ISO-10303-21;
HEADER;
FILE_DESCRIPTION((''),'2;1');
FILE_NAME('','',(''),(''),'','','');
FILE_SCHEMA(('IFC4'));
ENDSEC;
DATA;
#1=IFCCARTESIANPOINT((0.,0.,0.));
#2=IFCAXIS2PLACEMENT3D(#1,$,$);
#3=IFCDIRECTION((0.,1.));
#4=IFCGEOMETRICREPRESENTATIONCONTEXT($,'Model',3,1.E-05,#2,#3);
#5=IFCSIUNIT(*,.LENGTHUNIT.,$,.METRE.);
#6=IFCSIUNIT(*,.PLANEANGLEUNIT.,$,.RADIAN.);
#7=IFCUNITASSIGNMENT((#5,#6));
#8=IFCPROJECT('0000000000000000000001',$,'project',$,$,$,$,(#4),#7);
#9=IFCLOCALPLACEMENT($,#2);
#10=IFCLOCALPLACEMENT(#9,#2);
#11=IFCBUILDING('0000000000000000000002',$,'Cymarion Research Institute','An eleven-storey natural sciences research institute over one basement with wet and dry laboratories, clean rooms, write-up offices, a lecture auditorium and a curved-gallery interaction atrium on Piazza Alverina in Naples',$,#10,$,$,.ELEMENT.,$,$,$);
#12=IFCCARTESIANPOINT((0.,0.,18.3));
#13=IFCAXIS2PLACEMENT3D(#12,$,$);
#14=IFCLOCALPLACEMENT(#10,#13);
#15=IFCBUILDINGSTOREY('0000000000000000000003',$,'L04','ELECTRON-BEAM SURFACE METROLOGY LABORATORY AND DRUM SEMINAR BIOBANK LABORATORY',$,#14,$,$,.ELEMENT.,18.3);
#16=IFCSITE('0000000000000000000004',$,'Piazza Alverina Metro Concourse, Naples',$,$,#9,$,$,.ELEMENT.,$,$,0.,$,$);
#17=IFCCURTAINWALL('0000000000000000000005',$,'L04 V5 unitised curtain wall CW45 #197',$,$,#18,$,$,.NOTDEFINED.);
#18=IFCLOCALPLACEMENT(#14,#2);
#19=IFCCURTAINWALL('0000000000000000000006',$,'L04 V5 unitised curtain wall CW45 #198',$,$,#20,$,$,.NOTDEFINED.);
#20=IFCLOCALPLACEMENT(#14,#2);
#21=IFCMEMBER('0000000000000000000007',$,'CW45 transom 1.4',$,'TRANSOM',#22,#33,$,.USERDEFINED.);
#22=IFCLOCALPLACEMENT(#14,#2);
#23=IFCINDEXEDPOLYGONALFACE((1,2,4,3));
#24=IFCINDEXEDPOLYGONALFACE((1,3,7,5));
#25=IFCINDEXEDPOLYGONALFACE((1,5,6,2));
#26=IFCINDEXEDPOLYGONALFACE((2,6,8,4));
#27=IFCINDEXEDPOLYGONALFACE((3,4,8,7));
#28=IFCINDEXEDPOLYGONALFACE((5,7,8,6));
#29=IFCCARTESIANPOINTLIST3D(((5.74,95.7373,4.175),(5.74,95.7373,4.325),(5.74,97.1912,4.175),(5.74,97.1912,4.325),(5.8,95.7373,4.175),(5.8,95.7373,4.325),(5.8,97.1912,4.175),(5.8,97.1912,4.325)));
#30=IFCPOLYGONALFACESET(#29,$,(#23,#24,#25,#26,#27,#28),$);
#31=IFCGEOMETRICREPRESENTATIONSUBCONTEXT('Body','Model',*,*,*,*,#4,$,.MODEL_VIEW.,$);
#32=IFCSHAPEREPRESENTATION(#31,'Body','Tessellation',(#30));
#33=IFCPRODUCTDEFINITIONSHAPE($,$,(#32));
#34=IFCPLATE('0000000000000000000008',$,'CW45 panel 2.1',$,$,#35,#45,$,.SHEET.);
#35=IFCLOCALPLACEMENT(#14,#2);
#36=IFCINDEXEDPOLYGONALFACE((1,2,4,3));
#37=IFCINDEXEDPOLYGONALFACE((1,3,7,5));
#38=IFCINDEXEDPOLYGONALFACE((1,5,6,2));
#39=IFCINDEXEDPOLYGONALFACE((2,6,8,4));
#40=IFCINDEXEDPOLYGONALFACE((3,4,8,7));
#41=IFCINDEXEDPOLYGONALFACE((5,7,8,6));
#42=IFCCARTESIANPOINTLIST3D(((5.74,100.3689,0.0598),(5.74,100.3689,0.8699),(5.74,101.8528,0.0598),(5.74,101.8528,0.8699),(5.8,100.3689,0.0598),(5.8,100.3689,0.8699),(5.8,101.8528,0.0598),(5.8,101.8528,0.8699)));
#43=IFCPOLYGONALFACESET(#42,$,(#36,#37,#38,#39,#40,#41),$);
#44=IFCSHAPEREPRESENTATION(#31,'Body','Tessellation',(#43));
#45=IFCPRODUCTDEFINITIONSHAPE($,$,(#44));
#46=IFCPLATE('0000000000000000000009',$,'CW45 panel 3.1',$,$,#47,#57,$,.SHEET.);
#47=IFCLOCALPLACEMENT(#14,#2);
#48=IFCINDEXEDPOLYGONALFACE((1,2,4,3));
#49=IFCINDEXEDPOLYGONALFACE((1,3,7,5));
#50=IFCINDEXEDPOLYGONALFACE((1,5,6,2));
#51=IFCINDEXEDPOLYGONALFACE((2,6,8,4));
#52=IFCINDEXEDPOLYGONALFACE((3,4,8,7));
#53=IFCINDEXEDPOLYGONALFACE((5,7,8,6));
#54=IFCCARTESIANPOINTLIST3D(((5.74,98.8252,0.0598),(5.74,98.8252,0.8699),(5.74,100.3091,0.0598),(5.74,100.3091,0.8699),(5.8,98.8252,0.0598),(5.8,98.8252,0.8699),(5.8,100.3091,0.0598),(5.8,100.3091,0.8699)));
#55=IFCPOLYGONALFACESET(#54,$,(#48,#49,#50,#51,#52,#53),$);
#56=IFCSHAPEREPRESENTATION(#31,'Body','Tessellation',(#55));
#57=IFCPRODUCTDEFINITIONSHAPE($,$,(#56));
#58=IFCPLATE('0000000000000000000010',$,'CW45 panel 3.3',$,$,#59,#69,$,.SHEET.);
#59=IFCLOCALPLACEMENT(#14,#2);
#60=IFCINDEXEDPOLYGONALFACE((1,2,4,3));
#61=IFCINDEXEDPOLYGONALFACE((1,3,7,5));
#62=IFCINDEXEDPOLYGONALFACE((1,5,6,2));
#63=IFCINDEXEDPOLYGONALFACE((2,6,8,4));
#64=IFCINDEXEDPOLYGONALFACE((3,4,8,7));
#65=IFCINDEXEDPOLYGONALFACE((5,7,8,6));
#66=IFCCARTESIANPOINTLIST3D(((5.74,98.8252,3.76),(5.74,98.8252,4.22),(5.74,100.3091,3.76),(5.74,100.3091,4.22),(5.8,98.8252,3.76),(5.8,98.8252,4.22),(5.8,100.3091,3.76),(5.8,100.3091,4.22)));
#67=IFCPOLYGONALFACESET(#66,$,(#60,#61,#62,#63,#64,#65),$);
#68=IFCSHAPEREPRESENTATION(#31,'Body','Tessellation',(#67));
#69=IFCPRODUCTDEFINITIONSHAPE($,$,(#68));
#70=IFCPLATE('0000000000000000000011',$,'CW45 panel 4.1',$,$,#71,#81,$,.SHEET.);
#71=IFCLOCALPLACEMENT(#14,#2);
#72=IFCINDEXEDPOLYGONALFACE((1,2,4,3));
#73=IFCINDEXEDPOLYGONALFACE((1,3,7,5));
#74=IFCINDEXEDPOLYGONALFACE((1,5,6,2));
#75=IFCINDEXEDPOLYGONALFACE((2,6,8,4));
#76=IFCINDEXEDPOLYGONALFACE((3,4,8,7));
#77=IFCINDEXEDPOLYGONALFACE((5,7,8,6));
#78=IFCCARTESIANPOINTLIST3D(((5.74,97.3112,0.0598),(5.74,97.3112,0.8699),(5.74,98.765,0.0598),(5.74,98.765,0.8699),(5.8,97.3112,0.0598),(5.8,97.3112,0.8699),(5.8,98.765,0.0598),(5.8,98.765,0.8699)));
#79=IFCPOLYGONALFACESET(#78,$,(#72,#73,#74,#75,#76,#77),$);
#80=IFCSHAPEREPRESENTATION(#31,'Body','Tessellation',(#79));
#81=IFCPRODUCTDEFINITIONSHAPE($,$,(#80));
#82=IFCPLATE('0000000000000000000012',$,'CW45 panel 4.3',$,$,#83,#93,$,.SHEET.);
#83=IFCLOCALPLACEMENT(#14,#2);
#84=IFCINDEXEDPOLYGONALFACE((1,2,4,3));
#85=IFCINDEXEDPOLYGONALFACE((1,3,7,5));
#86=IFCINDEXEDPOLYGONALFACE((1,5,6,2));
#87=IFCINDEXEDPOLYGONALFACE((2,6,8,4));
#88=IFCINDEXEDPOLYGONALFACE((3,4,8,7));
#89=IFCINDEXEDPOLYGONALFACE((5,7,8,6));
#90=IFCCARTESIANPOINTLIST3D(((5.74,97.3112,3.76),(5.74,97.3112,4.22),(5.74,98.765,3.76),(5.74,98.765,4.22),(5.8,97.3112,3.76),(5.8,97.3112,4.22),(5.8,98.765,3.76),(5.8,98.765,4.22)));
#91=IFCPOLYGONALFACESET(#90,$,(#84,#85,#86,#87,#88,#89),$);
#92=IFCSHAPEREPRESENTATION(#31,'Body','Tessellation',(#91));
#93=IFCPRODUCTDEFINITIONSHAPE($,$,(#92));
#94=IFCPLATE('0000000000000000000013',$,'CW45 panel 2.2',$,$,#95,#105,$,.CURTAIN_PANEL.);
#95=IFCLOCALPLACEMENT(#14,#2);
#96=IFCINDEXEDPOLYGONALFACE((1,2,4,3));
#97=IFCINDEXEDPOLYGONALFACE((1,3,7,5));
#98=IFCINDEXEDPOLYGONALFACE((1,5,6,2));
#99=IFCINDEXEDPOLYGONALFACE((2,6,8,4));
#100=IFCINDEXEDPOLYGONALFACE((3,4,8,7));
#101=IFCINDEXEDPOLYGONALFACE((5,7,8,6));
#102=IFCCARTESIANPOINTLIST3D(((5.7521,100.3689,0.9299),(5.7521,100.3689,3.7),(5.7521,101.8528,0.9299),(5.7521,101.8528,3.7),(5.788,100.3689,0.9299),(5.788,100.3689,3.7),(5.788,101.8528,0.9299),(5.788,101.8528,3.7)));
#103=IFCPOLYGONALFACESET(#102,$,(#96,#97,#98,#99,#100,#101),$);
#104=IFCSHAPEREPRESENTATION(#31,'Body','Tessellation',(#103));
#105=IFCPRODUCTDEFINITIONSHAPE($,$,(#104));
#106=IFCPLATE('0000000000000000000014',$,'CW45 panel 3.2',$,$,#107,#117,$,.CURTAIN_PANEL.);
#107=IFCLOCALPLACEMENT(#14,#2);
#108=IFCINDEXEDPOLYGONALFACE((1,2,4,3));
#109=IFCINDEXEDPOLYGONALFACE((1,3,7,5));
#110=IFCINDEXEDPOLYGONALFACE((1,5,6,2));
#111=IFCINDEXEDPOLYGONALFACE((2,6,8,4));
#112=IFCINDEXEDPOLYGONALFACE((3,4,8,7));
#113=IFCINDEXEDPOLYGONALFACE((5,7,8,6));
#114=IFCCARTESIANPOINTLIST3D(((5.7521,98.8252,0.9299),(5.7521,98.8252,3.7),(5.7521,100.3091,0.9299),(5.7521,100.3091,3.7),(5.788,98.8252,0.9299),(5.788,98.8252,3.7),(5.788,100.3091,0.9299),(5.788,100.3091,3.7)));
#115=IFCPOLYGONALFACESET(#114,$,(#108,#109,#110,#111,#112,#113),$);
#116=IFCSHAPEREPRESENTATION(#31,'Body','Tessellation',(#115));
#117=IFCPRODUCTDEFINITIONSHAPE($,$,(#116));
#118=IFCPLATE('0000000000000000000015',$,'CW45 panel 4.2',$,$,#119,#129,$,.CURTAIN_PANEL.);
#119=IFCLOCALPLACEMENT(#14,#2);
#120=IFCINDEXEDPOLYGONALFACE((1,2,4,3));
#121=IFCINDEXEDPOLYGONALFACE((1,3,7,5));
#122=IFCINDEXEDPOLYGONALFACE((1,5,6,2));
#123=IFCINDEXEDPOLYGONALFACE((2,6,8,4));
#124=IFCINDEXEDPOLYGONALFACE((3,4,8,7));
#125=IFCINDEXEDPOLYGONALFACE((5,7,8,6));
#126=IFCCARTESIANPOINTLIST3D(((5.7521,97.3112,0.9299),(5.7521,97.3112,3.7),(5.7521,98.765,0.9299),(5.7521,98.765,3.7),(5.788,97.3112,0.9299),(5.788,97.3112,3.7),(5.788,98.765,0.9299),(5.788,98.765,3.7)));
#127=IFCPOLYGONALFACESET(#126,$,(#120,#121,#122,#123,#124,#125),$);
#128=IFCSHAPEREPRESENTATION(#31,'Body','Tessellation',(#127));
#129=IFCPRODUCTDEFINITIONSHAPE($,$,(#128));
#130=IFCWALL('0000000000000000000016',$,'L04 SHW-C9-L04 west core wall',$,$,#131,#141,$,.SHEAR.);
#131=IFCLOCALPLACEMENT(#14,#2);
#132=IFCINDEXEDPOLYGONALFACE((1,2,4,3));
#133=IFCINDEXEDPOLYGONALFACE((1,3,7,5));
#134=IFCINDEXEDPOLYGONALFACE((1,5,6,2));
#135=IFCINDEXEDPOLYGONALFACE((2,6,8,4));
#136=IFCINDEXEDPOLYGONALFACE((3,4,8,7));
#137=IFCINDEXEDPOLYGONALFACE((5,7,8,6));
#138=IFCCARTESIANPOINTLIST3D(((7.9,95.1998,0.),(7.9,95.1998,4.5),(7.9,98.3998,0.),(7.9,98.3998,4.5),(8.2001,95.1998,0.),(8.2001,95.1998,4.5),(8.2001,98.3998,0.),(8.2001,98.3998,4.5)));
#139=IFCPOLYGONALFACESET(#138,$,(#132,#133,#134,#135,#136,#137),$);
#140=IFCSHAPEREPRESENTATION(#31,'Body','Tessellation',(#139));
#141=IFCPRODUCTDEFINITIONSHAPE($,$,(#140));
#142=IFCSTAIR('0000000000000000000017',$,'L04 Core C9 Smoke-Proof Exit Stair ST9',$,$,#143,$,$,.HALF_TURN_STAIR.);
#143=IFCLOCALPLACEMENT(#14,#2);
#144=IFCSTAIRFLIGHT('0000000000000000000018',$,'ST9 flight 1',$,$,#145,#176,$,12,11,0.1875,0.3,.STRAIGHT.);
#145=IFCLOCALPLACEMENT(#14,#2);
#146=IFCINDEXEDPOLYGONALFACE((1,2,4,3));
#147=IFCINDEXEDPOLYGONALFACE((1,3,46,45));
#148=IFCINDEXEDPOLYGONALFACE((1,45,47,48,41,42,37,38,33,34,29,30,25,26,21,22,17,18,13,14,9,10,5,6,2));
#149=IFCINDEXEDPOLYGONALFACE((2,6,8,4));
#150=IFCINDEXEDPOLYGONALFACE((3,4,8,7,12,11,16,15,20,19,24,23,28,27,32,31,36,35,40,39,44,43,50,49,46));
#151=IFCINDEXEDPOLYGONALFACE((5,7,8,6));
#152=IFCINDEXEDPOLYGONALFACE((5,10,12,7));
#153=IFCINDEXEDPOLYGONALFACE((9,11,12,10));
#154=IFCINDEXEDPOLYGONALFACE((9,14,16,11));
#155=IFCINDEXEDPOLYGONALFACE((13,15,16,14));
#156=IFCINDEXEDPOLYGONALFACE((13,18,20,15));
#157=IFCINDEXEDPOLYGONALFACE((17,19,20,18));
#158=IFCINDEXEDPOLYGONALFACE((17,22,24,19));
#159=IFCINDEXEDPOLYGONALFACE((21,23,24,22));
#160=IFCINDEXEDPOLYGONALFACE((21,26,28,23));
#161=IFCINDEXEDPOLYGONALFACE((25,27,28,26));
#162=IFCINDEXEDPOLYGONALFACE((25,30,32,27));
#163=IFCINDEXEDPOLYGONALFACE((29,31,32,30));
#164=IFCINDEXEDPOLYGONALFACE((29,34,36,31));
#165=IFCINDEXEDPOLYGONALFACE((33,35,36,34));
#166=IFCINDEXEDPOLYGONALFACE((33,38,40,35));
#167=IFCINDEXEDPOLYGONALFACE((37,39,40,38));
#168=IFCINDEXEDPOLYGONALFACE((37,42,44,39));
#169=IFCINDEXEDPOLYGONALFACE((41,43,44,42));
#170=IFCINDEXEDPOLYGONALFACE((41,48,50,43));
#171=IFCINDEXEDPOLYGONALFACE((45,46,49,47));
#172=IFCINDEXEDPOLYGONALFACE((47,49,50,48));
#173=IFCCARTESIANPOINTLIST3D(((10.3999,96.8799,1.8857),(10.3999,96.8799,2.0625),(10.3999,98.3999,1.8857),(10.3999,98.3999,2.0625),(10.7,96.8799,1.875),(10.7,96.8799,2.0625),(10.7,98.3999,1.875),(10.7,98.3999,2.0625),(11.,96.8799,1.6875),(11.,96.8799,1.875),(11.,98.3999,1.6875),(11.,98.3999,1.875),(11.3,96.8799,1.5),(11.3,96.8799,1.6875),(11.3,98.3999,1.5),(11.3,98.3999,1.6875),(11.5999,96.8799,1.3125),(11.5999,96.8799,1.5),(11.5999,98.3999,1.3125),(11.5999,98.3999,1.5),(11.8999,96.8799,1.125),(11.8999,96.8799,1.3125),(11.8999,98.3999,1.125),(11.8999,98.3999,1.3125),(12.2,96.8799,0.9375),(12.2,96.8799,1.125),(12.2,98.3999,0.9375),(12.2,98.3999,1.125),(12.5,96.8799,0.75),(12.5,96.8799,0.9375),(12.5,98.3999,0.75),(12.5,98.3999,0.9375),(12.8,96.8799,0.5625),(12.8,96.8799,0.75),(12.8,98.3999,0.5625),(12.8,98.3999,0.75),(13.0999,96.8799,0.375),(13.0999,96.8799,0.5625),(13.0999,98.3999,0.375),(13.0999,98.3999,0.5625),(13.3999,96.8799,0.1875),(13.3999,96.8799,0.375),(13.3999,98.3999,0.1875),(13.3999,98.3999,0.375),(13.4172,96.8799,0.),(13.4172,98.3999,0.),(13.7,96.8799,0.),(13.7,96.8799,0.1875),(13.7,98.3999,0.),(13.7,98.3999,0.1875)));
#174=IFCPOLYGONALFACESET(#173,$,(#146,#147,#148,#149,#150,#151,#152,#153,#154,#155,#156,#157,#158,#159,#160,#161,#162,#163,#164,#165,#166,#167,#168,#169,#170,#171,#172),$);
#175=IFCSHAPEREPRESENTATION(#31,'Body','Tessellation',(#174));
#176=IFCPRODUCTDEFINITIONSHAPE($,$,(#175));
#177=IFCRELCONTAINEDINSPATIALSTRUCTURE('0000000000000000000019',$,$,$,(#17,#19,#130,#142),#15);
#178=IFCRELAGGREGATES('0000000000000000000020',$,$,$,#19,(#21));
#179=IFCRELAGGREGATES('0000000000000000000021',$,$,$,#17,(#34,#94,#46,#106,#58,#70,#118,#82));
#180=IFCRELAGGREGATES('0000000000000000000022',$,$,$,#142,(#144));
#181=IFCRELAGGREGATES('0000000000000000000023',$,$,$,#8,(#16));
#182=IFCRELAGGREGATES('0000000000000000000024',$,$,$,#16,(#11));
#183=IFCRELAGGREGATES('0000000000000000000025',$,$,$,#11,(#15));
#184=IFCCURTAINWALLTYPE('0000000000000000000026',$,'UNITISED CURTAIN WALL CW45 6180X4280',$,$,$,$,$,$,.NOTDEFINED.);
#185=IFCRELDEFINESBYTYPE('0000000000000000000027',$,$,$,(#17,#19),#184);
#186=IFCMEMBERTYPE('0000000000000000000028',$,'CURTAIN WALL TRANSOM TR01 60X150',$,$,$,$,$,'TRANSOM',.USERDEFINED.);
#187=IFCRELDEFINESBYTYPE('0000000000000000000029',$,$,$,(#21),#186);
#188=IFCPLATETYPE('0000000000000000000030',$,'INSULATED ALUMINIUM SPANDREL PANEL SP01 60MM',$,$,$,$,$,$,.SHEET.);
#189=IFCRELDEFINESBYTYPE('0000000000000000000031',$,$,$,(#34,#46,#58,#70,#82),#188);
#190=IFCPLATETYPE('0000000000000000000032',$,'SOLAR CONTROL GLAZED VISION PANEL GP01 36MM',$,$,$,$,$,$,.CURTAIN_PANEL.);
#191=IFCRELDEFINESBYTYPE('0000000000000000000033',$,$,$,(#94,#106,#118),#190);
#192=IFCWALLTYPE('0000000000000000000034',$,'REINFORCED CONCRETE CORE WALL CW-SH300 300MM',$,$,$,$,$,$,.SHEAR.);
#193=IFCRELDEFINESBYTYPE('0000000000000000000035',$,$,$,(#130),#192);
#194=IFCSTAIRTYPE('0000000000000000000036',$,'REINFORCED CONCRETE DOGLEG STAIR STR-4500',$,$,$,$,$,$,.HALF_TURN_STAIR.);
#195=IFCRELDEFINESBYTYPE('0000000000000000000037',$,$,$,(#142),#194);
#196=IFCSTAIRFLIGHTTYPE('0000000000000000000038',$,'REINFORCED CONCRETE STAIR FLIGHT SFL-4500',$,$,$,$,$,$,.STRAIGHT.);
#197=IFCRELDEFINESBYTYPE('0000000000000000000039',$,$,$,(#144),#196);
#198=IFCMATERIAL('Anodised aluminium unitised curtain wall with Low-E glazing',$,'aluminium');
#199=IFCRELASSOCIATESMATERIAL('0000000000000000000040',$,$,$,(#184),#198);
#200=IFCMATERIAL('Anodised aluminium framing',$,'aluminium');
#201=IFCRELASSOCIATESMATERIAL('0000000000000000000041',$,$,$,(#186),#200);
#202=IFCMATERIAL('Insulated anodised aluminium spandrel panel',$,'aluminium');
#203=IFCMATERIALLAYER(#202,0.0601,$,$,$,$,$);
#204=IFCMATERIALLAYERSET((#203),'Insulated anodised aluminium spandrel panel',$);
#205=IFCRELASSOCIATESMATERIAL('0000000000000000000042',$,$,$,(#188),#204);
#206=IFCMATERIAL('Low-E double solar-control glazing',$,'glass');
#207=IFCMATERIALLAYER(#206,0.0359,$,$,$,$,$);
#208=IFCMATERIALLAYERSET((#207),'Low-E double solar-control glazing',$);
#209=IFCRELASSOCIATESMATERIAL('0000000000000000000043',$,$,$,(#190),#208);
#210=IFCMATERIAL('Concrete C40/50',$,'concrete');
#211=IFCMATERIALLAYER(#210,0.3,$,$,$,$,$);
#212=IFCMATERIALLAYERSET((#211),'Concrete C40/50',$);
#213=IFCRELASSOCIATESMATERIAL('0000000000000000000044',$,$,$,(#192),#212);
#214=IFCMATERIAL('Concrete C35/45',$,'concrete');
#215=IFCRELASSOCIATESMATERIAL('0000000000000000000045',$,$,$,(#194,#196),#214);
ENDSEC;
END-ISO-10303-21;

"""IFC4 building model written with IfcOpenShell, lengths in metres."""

from ifc_helpers import new_model, si_unit, direction, frame, frame_2d, origin, origin_2d, place, context, subcontext, project, spatial, polyline, rectangle, outline, extrude, material, layer, layer_set, material_profile, profile_set, type_object, element, aggregate, save


model = new_model("IFC4")

# Units and contexts
model_context = context("Model", 3, precision=1e-05, world=origin(), true_north=direction((0.0, 1.0)))
body_context = subcontext(model_context, "Body", "Model", "MODEL_VIEW")
ifc_project = project(units=[si_unit("LENGTHUNIT", "METRE"), si_unit("PLANEANGLEUNIT", "RADIAN")], contexts=[model_context])

# Site, building, storey
site_placement = place(None, origin())
site = spatial("IfcSite", under=ifc_project, at=site_placement, Name="Piazza Alverina Metro Concourse, Naples", CompositionType="ELEMENT", RefElevation=0.0)
building_placement = place(site_placement, origin())
building = spatial("IfcBuilding", under=site, at=building_placement, Name="Cymarion Research Institute", Description="An eleven-storey natural sciences research institute over one basement with wet and dry laboratories, clean rooms, write-up offices, a lecture auditorium and a curved-gallery interaction atrium on Piazza Alverina in Naples", CompositionType="ELEMENT")
storey_placement = place(building_placement, frame((0.0, 0.0, 18.3)))
storey = spatial("IfcBuildingStorey", under=building, at=storey_placement, Name="L04", Description="ELECTRON-BEAM SURFACE METROLOGY LABORATORY AND DRUM SEMINAR BIOBANK LABORATORY", CompositionType="ELEMENT", Elevation=18.3)

# Curtain wall
ifc_material_1 = material(Name="Anodised aluminium unitised curtain wall with Low-E glazing", Category="aluminium")
curtain_wall_type = type_object("IfcCurtainWallType", Name="UNITISED CURTAIN WALL CW45 6180X4280", PredefinedType="NOTDEFINED", material=ifc_material_1)
curtain_wall_1_placement = place(storey_placement, origin())
curtain_wall_1 = element("IfcCurtainWall", 1, at=curtain_wall_1_placement, inside=storey, type_object=curtain_wall_type, Name="L04 V5 unitised curtain wall CW45 #197", PredefinedType="NOTDEFINED")
ifc_material_2 = material(Name="Anodised aluminium framing", Category="aluminium")

# Curtain wall
curtain_wall_2_placement = place(storey_placement, origin())
curtain_wall_2 = element("IfcCurtainWall", 2, at=curtain_wall_2_placement, inside=storey, type_object=curtain_wall_type, Name="L04 V5 unitised curtain wall CW45 #198", PredefinedType="NOTDEFINED")

# Member
ifc_material_profile_1 = material_profile(ifc_material_2, rectangle(XDim=0.0601, YDim=0.1499, at=origin_2d()), Name="ALU TRANSOM 60x150")
ifc_profile_set_1 = profile_set([ifc_material_profile_1], Name="Anodised aluminium framing")
member_type_1 = type_object("IfcMemberType", Name="CURTAIN WALL TRANSOM TR01 60X150", ElementType="TRANSOM", PredefinedType="USERDEFINED", material=ifc_profile_set_1)
member_1_placement = place(storey_placement, frame((5.77, 97.1912, 4.25), z_axis=(0.0, -1.0, 0.0), x_axis=(1.0, 0.0, 0.0)))
member_1 = element("IfcMember", 3, at=member_1_placement, type_object=member_type_1, Name="CW45 transom 1.4", ObjectType="TRANSOM", PredefinedType="USERDEFINED", context=body_context, shape_type="SweptSolid", body=[
    extrude(rectangle(XDim=0.0601, YDim=0.1499, at=origin_2d()), origin(), (0.0, 0.0, 1.0), 1.4539),
])
aggregate(curtain_wall_2, [member_1])

# Plates
ifc_material_3 = material(Name="Insulated anodised aluminium spandrel panel", Category="aluminium")
ifc_layer_1 = layer(ifc_material_3, 0.0601)
ifc_layer_set_1 = layer_set([ifc_layer_1], Name="Insulated anodised aluminium spandrel panel")
plate_type_1 = type_object("IfcPlateType", Name="INSULATED ALUMINIUM SPANDREL PANEL SP01 60MM", PredefinedType="SHEET", material=ifc_layer_set_1)
plate_1_placement = place(storey_placement, frame((5.77, 101.1108, 0.0598), z_axis=(0.0, 0.0, 1.0), x_axis=(0.0, -1.0, 0.0)))
plate_1 = element("IfcPlate", 4, at=plate_1_placement, type_object=plate_type_1, Name="CW45 panel 2.1", PredefinedType="SHEET", context=body_context, shape_type="SweptSolid", body=[
    extrude(rectangle(XDim=1.4839, YDim=0.0601, at=origin_2d()), origin(), (0.0, 0.0, 1.0), 0.8101),
])
plate_2_placement = place(storey_placement, frame((5.77, 99.5671, 0.0598), z_axis=(0.0, 0.0, 1.0), x_axis=(0.0, -1.0, 0.0)))
plate_2 = element("IfcPlate", 5, at=plate_2_placement, type_object=plate_type_1, Name="CW45 panel 3.1", PredefinedType="SHEET", context=body_context, shape_type="SweptSolid", body=[
    extrude(rectangle(XDim=1.4839, YDim=0.0601, at=origin_2d()), origin(), (0.0, 0.0, 1.0), 0.8101),
])
plate_3_placement = place(storey_placement, frame((5.77, 99.5671, 3.76), z_axis=(0.0, 0.0, 1.0), x_axis=(0.0, -1.0, 0.0)))
plate_3 = element("IfcPlate", 6, at=plate_3_placement, type_object=plate_type_1, Name="CW45 panel 3.3", PredefinedType="SHEET", context=body_context, shape_type="SweptSolid", body=[
    extrude(rectangle(XDim=1.4839, YDim=0.0601, at=origin_2d()), origin(), (0.0, 0.0, 1.0), 0.46),
])
plate_4_placement = place(storey_placement, frame((5.77, 98.0381, 0.0598), z_axis=(0.0, 0.0, 1.0), x_axis=(0.0, -1.0, 0.0)))
plate_4 = element("IfcPlate", 7, at=plate_4_placement, type_object=plate_type_1, Name="CW45 panel 4.1", PredefinedType="SHEET", context=body_context, shape_type="SweptSolid", body=[
    extrude(rectangle(XDim=1.4539, YDim=0.0601, at=origin_2d()), origin(), (0.0, 0.0, 1.0), 0.8101),
])
plate_5_placement = place(storey_placement, frame((5.77, 98.0381, 3.76), z_axis=(0.0, 0.0, 1.0), x_axis=(0.0, -1.0, 0.0)))
plate_5 = element("IfcPlate", 8, at=plate_5_placement, type_object=plate_type_1, Name="CW45 panel 4.3", PredefinedType="SHEET", context=body_context, shape_type="SweptSolid", body=[
    extrude(rectangle(XDim=1.4539, YDim=0.0601, at=origin_2d()), origin(), (0.0, 0.0, 1.0), 0.46),
])
ifc_material_4 = material(Name="Low-E double solar-control glazing", Category="glass")
ifc_layer_2 = layer(ifc_material_4, 0.0359)
ifc_layer_set_2 = layer_set([ifc_layer_2], Name="Low-E double solar-control glazing")
plate_type_2 = type_object("IfcPlateType", Name="SOLAR CONTROL GLAZED VISION PANEL GP01 36MM", PredefinedType="CURTAIN_PANEL", material=ifc_layer_set_2)
plate_6_placement = place(storey_placement, frame((5.77, 101.1108, 0.9299), z_axis=(0.0, 0.0, 1.0), x_axis=(0.0, -1.0, 0.0)))
plate_6 = element("IfcPlate", 9, at=plate_6_placement, type_object=plate_type_2, Name="CW45 panel 2.2", PredefinedType="CURTAIN_PANEL", context=body_context, shape_type="SweptSolid", body=[
    extrude(rectangle(XDim=1.4839, YDim=0.0359, at=origin_2d()), origin(), (0.0, 0.0, 1.0), 2.77),
])
plate_7_placement = place(storey_placement, frame((5.77, 99.5671, 0.9299), z_axis=(0.0, 0.0, 1.0), x_axis=(0.0, -1.0, 0.0)))
plate_7 = element("IfcPlate", 10, at=plate_7_placement, type_object=plate_type_2, Name="CW45 panel 3.2", PredefinedType="CURTAIN_PANEL", context=body_context, shape_type="SweptSolid", body=[
    extrude(rectangle(XDim=1.4839, YDim=0.0359, at=origin_2d()), origin(), (0.0, 0.0, 1.0), 2.77),
])
plate_8_placement = place(storey_placement, frame((5.77, 98.0381, 0.9299), z_axis=(0.0, 0.0, 1.0), x_axis=(0.0, -1.0, 0.0)))
plate_8 = element("IfcPlate", 11, at=plate_8_placement, type_object=plate_type_2, Name="CW45 panel 4.2", PredefinedType="CURTAIN_PANEL", context=body_context, shape_type="SweptSolid", body=[
    extrude(rectangle(XDim=1.4539, YDim=0.0359, at=origin_2d()), origin(), (0.0, 0.0, 1.0), 2.77),
])
aggregate(curtain_wall_1, [plate_1, plate_6, plate_2, plate_7, plate_3, plate_4, plate_8, plate_5])

# Wall
ifc_material_5 = material(Name="Concrete C40/50", Category="concrete")
ifc_layer_3 = layer(ifc_material_5, 0.3)
ifc_layer_set_3 = layer_set([ifc_layer_3], Name="Concrete C40/50")
wall_type = type_object("IfcWallType", Name="REINFORCED CONCRETE CORE WALL CW-SH300 300MM", PredefinedType="SHEAR", material=ifc_layer_set_3)
wall_placement = place(storey_placement, frame((8.05, 98.3999, 0.0), z_axis=(0.0, 0.0, 1.0), x_axis=(0.0, -1.0, 0.0)))
element("IfcWall", 12, at=wall_placement, inside=storey, type_object=wall_type, Name="L04 SHW-C9-L04 west core wall", PredefinedType="SHEAR", context=body_context, shape_type="SweptSolid", body=[
    extrude(rectangle(XDim=3.2, YDim=0.3, at=frame_2d((1.6001, 0.0))), origin(), (0.0, 0.0, 1.0), 4.5),
])

# Stair, stair flight
ifc_material_6 = material(Name="Concrete C35/45", Category="concrete")
stair_type = type_object("IfcStairType", Name="REINFORCED CONCRETE DOGLEG STAIR STR-4500", PredefinedType="HALF_TURN_STAIR", material=ifc_material_6)
stair_placement = place(storey_placement, origin())
stair = element("IfcStair", 13, at=stair_placement, inside=storey, type_object=stair_type, Name="L04 Core C9 Smoke-Proof Exit Stair ST9", PredefinedType="HALF_TURN_STAIR")
stair_flight_type = type_object("IfcStairFlightType", Name="REINFORCED CONCRETE STAIR FLIGHT SFL-4500", PredefinedType="STRAIGHT", material=ifc_material_6)
stair_flight_placement = place(storey_placement, frame((13.7, 97.6399, 0.0), z_axis=(0.0, 0.0, 1.0), x_axis=(-1.0, 0.0, 0.0)))
stair_flight = element("IfcStairFlight", 14, at=stair_flight_placement, type_object=stair_flight_type, Name="ST9 flight 1", NumberOfRisers=12, NumberOfTreads=11, PredefinedType="STRAIGHT", RiserHeight=0.1875, TreadLength=0.3, context=body_context, shape_type="SweptSolid", body=[
    extrude(outline(polyline([(0.0, 0.0), (0.0, 0.1875), (0.3, 0.1875), (0.3, 0.375), (0.6001, 0.375), (0.6001, 0.5625), (0.8999, 0.5625), (0.8999, 0.75), (1.2, 0.75), (1.2, 0.9375), (1.5, 0.9375), (1.5, 1.125), (1.8, 1.125), (1.8, 1.3125), (2.1001, 1.3125), (2.1001, 1.5), (2.3999, 1.5), (2.3999, 1.6875), (2.7, 1.6875), (2.7, 1.875), (3.0, 1.875), (3.0, 2.0625), (3.3, 2.0625), (3.3, 2.25), (3.3, 1.8857), (0.2827, 0.0), (0.0, 0.0)])), frame((0.0, 0.76, 0.0), z_axis=(0.0, -1.0, 0.0), x_axis=(1.0, 0.0, 0.0)), (0.0, 0.0, 1.0), 1.52),
])
aggregate(stair, [stair_flight])

save(model, "model.ifc")
